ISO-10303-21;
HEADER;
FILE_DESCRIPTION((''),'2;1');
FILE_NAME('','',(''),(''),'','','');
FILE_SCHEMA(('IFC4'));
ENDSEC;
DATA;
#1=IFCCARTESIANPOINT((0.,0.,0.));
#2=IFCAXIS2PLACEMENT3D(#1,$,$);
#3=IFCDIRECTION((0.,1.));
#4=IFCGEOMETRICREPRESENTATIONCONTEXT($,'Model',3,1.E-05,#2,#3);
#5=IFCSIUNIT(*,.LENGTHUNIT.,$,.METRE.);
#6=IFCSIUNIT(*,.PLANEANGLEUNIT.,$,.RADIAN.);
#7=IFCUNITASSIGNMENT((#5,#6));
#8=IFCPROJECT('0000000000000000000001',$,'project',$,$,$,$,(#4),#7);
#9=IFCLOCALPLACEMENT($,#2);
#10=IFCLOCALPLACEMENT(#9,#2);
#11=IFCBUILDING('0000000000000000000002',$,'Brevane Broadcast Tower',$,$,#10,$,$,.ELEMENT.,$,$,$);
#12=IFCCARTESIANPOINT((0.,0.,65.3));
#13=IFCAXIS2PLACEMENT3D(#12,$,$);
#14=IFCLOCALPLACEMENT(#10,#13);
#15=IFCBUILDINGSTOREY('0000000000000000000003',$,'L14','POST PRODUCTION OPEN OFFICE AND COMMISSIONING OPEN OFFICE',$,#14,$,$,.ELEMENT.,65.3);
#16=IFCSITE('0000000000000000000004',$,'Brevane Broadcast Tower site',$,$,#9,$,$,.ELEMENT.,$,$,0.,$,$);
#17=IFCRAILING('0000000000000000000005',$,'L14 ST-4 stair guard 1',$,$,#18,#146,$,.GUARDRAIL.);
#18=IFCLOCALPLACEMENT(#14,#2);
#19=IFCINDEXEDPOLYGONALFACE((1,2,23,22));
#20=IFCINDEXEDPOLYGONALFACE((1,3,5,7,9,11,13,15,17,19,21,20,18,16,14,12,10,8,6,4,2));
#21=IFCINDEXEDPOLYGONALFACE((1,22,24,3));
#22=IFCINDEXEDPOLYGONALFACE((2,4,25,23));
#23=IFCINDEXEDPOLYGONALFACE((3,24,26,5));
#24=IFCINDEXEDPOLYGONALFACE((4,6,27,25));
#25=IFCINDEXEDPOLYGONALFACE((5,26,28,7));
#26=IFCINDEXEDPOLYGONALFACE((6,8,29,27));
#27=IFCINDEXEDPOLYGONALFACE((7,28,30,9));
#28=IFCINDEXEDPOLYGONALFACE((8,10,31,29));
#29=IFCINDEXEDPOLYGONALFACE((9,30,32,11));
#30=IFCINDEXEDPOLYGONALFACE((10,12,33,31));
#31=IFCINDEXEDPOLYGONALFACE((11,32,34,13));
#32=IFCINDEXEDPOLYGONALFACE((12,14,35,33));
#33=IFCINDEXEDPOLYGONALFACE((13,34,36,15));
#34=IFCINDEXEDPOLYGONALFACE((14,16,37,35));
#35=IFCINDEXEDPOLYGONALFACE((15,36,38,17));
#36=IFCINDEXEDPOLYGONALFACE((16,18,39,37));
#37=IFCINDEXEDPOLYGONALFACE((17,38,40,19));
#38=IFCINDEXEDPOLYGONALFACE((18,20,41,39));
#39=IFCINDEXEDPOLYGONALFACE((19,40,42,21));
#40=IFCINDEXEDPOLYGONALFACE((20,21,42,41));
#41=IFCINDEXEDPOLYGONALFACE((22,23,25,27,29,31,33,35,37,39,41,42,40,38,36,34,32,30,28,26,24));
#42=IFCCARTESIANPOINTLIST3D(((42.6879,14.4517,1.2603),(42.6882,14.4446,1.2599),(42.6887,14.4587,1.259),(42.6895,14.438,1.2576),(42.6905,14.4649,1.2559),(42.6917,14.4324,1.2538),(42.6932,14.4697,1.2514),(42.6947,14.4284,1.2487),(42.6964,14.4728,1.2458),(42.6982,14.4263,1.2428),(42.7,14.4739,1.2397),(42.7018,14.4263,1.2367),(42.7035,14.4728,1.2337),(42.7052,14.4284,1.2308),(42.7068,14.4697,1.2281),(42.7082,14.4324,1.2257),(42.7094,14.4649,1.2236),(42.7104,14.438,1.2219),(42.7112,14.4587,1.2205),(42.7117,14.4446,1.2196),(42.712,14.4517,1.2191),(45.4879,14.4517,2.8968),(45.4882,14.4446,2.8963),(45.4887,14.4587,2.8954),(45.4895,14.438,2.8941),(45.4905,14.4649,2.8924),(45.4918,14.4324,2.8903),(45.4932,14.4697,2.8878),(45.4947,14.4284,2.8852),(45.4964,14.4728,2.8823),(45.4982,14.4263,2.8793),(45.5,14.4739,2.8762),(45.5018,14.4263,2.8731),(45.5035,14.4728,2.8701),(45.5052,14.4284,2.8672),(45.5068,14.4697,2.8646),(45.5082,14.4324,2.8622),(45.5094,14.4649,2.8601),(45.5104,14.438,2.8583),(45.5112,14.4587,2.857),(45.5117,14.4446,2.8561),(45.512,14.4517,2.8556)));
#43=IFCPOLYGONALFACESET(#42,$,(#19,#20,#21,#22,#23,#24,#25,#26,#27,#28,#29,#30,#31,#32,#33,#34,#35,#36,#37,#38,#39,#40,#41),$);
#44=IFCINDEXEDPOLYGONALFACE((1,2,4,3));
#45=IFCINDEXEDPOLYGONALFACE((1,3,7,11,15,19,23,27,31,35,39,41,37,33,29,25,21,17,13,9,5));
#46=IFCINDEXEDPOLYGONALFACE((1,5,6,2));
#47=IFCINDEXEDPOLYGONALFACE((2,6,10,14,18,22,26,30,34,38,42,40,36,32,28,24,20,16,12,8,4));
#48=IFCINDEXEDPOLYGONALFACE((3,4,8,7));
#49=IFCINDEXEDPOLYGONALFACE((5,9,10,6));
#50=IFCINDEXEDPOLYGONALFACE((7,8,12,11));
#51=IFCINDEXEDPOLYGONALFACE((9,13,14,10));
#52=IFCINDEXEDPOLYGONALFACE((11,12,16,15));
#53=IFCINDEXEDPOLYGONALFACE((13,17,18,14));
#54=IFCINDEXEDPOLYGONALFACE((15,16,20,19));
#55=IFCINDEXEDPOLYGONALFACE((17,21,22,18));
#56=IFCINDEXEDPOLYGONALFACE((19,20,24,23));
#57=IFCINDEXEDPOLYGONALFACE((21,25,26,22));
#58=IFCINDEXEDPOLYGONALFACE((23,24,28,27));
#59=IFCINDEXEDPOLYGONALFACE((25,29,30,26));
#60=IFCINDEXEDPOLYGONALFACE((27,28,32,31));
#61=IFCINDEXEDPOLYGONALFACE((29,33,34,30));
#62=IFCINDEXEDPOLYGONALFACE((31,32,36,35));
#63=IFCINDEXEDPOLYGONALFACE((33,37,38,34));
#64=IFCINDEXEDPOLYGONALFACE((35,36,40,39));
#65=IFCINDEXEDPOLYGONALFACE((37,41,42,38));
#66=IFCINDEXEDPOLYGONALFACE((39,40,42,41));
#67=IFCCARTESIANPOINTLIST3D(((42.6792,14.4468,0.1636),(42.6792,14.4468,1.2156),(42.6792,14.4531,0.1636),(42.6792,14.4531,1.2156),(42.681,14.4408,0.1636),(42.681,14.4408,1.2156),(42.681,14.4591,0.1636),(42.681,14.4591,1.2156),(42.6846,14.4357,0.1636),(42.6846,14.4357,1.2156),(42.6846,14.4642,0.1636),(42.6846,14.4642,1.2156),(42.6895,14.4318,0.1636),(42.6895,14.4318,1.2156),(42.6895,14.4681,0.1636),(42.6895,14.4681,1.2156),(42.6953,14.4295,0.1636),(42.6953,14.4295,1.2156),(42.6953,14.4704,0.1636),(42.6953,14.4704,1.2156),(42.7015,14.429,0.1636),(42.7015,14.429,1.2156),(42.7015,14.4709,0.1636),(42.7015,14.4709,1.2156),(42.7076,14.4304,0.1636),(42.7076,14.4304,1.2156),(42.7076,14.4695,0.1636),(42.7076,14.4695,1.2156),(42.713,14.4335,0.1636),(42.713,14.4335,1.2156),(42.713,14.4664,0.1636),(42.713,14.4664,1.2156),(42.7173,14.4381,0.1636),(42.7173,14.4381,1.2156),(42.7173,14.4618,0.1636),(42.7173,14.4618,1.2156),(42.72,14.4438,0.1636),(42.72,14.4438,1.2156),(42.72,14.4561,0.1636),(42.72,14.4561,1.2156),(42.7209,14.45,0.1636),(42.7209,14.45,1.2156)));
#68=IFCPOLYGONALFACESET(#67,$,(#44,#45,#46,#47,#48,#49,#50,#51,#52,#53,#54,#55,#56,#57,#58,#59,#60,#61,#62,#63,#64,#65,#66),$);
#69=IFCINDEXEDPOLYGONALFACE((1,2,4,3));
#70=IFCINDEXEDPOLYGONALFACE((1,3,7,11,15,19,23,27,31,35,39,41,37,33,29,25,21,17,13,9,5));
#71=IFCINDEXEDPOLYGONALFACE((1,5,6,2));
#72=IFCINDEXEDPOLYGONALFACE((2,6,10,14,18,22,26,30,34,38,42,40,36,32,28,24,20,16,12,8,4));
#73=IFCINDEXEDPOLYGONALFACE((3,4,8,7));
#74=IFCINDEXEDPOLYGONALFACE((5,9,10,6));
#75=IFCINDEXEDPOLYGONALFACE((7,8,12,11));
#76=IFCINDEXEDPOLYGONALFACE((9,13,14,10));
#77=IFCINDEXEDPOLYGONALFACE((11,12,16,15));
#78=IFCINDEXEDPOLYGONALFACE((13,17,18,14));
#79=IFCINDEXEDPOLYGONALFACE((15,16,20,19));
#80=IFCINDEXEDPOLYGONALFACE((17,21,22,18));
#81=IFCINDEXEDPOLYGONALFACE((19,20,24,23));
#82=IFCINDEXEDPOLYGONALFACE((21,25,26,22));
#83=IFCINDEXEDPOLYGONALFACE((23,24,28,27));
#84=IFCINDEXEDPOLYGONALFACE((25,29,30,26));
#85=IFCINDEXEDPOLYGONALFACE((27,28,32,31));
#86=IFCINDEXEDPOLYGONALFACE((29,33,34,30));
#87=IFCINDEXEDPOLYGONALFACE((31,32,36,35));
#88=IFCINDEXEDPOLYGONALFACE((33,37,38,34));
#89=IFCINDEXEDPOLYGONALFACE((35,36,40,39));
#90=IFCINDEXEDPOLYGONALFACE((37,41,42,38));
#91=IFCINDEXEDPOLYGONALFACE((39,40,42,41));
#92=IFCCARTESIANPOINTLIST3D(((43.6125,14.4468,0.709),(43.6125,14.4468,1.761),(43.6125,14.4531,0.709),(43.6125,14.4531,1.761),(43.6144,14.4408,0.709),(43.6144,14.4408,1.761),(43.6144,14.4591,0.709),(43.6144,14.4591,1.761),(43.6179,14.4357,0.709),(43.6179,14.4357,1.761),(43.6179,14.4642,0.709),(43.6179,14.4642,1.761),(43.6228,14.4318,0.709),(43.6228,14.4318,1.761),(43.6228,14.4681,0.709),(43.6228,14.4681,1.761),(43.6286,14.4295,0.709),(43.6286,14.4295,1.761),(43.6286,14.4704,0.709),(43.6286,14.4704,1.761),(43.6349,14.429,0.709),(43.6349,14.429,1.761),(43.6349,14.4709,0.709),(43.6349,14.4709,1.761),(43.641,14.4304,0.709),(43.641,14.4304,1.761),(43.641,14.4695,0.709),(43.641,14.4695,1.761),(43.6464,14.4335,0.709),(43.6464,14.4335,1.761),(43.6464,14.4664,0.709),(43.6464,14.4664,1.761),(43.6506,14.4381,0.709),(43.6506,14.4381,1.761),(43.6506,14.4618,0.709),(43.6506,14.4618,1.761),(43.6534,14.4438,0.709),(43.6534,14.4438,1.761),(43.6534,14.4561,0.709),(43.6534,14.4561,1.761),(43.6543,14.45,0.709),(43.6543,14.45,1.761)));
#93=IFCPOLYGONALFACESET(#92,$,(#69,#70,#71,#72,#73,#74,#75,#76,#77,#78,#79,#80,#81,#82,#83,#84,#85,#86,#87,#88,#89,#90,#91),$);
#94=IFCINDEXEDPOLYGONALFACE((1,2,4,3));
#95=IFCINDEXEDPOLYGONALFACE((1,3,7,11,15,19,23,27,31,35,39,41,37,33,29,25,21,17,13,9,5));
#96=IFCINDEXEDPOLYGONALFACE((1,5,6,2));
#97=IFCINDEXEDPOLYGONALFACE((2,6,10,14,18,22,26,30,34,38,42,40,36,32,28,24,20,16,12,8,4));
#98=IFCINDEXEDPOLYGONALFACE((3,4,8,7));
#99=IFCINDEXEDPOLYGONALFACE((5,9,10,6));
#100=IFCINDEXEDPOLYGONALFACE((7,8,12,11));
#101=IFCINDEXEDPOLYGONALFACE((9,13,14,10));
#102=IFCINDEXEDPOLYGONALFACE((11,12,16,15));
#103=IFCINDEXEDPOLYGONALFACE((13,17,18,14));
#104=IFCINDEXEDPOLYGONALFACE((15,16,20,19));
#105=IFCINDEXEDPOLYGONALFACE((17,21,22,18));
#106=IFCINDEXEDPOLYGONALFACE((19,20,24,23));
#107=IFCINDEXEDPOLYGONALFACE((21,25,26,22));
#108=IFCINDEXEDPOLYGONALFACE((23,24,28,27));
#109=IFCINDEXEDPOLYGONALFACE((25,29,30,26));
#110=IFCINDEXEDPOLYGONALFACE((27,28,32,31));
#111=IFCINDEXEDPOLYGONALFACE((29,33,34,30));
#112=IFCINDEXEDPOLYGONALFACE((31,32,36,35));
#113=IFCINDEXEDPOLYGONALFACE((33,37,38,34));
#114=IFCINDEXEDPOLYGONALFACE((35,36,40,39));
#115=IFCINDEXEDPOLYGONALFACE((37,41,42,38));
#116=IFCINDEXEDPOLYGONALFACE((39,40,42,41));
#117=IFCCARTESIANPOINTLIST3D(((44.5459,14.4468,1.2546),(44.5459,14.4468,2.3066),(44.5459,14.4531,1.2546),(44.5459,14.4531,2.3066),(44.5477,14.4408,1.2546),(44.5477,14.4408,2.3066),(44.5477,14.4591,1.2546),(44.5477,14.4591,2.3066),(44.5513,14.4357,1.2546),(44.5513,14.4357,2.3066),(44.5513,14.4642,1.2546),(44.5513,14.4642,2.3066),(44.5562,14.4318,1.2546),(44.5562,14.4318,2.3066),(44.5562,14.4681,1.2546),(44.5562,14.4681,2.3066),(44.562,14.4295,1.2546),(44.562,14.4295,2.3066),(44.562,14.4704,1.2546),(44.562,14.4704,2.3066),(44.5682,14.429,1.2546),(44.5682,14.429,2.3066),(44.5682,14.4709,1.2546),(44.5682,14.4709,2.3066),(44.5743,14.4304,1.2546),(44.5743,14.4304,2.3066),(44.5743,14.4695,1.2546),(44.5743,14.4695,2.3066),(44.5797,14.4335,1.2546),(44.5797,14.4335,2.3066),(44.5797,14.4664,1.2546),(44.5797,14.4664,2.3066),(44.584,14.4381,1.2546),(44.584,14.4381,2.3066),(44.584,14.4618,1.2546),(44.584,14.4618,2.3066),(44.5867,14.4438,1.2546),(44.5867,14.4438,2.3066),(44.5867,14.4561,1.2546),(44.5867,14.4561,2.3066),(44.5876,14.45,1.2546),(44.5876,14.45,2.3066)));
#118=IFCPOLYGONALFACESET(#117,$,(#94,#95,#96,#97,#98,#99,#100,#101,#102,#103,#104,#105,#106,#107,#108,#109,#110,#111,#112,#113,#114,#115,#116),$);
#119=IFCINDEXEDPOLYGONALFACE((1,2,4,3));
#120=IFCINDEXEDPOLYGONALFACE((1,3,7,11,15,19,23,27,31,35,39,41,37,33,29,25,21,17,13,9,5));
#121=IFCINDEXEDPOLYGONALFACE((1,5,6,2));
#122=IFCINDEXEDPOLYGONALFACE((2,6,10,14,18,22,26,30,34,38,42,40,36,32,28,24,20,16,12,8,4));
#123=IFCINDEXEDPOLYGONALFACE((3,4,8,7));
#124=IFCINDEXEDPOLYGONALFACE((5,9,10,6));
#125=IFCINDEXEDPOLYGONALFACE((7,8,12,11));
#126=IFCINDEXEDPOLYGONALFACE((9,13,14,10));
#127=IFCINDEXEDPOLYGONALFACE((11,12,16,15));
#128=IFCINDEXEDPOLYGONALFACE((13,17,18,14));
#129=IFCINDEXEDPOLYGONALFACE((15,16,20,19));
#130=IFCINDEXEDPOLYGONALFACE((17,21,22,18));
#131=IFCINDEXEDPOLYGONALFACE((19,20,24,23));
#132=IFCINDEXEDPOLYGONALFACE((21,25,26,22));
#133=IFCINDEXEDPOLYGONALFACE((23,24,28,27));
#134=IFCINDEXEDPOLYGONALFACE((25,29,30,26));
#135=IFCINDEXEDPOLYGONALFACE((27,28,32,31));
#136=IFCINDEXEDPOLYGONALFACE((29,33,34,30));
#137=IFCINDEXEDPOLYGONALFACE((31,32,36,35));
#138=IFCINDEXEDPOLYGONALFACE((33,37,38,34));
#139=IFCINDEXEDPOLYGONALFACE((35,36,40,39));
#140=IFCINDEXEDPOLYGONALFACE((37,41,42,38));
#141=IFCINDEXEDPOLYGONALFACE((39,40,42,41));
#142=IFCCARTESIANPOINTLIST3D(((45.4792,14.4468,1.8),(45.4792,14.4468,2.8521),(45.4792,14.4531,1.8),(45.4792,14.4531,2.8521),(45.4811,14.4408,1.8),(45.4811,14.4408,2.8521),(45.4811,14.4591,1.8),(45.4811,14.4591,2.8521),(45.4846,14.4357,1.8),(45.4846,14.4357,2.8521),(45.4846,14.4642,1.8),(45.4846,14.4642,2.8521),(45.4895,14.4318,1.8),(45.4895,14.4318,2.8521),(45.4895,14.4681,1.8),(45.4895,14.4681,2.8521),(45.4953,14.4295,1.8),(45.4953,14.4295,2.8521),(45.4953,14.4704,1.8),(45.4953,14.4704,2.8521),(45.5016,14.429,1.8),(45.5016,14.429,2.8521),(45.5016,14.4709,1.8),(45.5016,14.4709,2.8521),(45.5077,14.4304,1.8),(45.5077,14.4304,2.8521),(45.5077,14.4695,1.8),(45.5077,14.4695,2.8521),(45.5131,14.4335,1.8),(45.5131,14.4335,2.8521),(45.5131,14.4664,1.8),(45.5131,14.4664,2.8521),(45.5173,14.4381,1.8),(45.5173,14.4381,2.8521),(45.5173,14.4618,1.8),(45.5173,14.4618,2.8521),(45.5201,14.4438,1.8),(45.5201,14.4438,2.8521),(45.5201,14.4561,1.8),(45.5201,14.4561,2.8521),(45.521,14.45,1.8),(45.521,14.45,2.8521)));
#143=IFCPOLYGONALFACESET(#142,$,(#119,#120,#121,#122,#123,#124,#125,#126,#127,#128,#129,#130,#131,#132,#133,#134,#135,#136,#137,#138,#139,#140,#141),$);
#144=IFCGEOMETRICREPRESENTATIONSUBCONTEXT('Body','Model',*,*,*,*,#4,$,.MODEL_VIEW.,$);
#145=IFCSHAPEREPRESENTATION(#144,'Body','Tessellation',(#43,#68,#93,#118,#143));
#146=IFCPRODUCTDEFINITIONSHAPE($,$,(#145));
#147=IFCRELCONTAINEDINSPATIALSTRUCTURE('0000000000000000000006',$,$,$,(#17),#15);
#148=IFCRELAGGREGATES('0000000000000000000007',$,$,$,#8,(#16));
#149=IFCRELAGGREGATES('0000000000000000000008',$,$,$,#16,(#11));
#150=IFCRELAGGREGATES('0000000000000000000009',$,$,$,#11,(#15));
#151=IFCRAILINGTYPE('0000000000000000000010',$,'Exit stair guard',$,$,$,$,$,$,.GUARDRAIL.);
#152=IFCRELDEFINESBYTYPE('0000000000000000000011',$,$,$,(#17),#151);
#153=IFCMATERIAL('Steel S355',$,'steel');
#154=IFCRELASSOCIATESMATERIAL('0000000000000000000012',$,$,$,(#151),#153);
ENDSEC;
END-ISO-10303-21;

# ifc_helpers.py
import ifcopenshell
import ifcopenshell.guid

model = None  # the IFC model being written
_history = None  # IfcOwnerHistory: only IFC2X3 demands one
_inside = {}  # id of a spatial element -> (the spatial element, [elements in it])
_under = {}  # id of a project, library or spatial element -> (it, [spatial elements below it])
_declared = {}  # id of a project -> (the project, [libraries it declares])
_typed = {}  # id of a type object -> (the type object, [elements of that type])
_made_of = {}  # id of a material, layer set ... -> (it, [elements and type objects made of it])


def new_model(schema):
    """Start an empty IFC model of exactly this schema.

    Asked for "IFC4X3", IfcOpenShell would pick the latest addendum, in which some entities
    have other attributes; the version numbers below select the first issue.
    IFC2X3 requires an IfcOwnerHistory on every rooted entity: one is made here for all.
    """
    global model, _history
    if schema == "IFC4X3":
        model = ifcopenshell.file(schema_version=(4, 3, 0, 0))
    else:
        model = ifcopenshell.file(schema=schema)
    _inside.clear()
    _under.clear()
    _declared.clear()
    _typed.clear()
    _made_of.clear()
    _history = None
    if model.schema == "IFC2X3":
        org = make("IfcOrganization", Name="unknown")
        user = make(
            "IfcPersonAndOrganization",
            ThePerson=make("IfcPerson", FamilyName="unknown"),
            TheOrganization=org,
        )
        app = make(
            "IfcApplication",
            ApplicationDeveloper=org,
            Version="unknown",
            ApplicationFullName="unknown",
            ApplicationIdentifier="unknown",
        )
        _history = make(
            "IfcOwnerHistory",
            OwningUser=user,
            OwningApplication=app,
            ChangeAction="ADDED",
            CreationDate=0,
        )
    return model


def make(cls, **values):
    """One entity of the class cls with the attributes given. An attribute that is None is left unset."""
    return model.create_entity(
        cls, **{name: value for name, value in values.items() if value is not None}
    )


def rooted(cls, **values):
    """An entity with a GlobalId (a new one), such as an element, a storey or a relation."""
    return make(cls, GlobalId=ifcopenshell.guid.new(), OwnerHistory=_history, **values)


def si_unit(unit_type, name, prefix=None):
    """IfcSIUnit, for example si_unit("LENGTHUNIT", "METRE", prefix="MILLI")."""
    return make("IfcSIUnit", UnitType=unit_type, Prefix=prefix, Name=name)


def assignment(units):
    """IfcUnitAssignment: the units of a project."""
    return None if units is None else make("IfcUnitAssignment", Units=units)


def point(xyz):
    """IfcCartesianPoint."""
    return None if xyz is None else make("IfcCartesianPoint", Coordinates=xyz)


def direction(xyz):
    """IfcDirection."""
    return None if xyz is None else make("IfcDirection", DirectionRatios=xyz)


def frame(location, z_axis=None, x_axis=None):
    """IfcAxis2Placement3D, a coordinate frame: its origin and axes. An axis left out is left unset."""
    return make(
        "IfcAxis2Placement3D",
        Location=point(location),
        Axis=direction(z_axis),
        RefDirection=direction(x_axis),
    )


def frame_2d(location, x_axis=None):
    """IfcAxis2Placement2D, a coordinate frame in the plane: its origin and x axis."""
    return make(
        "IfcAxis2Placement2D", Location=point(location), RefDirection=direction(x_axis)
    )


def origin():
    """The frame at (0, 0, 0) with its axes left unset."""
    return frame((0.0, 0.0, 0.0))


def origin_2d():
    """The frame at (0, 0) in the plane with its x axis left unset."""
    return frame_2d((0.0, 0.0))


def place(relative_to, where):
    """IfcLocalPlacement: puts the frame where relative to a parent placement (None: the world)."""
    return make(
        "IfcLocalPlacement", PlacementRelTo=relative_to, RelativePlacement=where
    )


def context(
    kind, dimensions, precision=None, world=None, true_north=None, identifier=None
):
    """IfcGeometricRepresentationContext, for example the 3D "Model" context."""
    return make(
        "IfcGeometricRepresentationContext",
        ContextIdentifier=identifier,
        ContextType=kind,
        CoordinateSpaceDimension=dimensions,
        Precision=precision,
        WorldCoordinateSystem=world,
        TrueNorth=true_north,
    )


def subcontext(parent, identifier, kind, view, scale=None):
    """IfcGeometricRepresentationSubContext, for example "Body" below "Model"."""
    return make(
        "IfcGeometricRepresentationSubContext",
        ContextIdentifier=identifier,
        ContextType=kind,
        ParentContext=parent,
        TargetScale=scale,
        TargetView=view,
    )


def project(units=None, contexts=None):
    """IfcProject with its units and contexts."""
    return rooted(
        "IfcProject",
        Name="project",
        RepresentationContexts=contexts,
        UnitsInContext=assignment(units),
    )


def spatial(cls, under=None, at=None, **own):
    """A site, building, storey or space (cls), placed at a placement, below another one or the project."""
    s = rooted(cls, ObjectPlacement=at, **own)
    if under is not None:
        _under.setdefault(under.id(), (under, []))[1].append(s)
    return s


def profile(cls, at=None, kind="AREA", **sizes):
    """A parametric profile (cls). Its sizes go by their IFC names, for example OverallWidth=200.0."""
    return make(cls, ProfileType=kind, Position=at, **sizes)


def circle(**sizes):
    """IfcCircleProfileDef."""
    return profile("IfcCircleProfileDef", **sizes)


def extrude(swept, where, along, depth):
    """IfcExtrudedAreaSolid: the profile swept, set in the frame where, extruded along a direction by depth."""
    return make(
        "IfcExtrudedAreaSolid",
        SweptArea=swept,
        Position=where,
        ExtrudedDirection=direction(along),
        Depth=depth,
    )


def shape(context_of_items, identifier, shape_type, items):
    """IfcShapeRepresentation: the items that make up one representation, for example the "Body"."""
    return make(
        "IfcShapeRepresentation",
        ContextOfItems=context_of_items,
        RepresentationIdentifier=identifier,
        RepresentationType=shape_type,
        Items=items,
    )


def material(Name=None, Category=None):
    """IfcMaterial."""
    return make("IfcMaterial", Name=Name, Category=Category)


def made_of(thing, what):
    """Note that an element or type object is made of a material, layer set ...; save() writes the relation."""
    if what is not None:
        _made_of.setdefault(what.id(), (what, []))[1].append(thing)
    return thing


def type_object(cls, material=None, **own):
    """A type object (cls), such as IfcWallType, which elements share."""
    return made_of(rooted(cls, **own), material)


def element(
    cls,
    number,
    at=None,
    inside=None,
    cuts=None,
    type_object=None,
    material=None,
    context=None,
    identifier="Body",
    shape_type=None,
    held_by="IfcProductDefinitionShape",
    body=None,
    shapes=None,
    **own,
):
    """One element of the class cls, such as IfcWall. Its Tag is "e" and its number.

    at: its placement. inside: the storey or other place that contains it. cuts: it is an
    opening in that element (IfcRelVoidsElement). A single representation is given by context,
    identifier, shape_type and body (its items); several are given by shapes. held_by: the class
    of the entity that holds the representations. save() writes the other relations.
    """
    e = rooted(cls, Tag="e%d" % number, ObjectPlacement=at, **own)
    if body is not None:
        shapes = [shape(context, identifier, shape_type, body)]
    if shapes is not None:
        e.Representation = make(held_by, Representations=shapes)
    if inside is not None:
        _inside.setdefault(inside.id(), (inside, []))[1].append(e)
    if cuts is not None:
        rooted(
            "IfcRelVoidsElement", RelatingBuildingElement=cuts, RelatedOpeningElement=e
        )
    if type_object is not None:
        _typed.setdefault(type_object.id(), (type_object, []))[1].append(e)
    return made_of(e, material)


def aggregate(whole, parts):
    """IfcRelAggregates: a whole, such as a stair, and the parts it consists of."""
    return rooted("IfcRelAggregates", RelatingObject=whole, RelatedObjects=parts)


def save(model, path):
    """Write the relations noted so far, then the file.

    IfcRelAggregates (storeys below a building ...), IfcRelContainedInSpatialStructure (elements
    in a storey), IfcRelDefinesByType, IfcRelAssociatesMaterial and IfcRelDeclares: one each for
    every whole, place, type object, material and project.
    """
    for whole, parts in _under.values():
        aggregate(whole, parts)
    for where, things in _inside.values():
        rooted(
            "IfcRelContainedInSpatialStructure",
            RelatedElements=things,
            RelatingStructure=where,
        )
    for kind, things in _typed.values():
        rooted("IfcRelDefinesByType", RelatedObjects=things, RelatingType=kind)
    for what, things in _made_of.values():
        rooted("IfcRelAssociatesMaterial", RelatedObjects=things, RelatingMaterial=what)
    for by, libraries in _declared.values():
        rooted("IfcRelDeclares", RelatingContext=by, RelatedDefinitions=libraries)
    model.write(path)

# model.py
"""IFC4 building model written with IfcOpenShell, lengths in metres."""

from ifc_helpers import new_model, si_unit, direction, frame, origin, origin_2d, place, context, subcontext, project, spatial, circle, extrude, material, type_object, element, save


model = new_model("IFC4")

# Units and contexts
model_context = context("Model", 3, precision=1e-05, world=origin(), true_north=direction((0.0, 1.0)))
body_context = subcontext(model_context, "Body", "Model", "MODEL_VIEW")
ifc_project = project(units=[si_unit("LENGTHUNIT", "METRE"), si_unit("PLANEANGLEUNIT", "RADIAN")], contexts=[model_context])

# Site, building, storey
site_placement = place(None, origin())
site = spatial("IfcSite", under=ifc_project, at=site_placement, Name="Brevane Broadcast Tower site", CompositionType="ELEMENT", RefElevation=0.0)
building_placement = place(site_placement, origin())
building = spatial("IfcBuilding", under=site, at=building_placement, Name="Brevane Broadcast Tower", CompositionType="ELEMENT")
storey_placement = place(building_placement, frame((0.0, 0.0, 65.3)))
storey = spatial("IfcBuildingStorey", under=building, at=storey_placement, Name="L14", Description="POST PRODUCTION OPEN OFFICE AND COMMISSIONING OPEN OFFICE", CompositionType="ELEMENT", Elevation=65.3)

# Railing
ifc_material_1 = material(Name="Steel S355", Category="steel")
railing_type_1 = type_object("IfcRailingType", Name="Exit stair guard", PredefinedType="GUARDRAIL", material=ifc_material_1)
railing_1_placement = place(storey_placement, frame((42.7, 14.45, 0.1636)))
element("IfcRailing", 1, at=railing_1_placement, inside=storey, type_object=railing_type_1, Name="L14 ST-4 stair guard 1", PredefinedType="GUARDRAIL", context=body_context, shape_type="SweptSolid", body=[
    extrude(circle(Radius=0.0239, at=origin_2d()), frame((0.0, 0.0, 1.0762), z_axis=(0.863361, 0.0, 0.504587), x_axis=(0.0, 1.0, 0.0)), (0.0, 0.0, 1.0), 3.2432),
    extrude(circle(Radius=0.021, at=origin_2d()), origin(), (0.0, 0.0, 1.0), 1.052),
    extrude(circle(Radius=0.021, at=origin_2d()), frame((0.9333, 0.0, 0.5454)), (0.0, 0.0, 1.0), 1.052),
    extrude(circle(Radius=0.021, at=origin_2d()), frame((1.8667, 0.0, 1.0911)), (0.0, 0.0, 1.0), 1.052),
    extrude(circle(Radius=0.021, at=origin_2d()), frame((2.8, 0.0, 1.6365)), (0.0, 0.0, 1.0), 1.052),
])

save(model, "model.ifc")
